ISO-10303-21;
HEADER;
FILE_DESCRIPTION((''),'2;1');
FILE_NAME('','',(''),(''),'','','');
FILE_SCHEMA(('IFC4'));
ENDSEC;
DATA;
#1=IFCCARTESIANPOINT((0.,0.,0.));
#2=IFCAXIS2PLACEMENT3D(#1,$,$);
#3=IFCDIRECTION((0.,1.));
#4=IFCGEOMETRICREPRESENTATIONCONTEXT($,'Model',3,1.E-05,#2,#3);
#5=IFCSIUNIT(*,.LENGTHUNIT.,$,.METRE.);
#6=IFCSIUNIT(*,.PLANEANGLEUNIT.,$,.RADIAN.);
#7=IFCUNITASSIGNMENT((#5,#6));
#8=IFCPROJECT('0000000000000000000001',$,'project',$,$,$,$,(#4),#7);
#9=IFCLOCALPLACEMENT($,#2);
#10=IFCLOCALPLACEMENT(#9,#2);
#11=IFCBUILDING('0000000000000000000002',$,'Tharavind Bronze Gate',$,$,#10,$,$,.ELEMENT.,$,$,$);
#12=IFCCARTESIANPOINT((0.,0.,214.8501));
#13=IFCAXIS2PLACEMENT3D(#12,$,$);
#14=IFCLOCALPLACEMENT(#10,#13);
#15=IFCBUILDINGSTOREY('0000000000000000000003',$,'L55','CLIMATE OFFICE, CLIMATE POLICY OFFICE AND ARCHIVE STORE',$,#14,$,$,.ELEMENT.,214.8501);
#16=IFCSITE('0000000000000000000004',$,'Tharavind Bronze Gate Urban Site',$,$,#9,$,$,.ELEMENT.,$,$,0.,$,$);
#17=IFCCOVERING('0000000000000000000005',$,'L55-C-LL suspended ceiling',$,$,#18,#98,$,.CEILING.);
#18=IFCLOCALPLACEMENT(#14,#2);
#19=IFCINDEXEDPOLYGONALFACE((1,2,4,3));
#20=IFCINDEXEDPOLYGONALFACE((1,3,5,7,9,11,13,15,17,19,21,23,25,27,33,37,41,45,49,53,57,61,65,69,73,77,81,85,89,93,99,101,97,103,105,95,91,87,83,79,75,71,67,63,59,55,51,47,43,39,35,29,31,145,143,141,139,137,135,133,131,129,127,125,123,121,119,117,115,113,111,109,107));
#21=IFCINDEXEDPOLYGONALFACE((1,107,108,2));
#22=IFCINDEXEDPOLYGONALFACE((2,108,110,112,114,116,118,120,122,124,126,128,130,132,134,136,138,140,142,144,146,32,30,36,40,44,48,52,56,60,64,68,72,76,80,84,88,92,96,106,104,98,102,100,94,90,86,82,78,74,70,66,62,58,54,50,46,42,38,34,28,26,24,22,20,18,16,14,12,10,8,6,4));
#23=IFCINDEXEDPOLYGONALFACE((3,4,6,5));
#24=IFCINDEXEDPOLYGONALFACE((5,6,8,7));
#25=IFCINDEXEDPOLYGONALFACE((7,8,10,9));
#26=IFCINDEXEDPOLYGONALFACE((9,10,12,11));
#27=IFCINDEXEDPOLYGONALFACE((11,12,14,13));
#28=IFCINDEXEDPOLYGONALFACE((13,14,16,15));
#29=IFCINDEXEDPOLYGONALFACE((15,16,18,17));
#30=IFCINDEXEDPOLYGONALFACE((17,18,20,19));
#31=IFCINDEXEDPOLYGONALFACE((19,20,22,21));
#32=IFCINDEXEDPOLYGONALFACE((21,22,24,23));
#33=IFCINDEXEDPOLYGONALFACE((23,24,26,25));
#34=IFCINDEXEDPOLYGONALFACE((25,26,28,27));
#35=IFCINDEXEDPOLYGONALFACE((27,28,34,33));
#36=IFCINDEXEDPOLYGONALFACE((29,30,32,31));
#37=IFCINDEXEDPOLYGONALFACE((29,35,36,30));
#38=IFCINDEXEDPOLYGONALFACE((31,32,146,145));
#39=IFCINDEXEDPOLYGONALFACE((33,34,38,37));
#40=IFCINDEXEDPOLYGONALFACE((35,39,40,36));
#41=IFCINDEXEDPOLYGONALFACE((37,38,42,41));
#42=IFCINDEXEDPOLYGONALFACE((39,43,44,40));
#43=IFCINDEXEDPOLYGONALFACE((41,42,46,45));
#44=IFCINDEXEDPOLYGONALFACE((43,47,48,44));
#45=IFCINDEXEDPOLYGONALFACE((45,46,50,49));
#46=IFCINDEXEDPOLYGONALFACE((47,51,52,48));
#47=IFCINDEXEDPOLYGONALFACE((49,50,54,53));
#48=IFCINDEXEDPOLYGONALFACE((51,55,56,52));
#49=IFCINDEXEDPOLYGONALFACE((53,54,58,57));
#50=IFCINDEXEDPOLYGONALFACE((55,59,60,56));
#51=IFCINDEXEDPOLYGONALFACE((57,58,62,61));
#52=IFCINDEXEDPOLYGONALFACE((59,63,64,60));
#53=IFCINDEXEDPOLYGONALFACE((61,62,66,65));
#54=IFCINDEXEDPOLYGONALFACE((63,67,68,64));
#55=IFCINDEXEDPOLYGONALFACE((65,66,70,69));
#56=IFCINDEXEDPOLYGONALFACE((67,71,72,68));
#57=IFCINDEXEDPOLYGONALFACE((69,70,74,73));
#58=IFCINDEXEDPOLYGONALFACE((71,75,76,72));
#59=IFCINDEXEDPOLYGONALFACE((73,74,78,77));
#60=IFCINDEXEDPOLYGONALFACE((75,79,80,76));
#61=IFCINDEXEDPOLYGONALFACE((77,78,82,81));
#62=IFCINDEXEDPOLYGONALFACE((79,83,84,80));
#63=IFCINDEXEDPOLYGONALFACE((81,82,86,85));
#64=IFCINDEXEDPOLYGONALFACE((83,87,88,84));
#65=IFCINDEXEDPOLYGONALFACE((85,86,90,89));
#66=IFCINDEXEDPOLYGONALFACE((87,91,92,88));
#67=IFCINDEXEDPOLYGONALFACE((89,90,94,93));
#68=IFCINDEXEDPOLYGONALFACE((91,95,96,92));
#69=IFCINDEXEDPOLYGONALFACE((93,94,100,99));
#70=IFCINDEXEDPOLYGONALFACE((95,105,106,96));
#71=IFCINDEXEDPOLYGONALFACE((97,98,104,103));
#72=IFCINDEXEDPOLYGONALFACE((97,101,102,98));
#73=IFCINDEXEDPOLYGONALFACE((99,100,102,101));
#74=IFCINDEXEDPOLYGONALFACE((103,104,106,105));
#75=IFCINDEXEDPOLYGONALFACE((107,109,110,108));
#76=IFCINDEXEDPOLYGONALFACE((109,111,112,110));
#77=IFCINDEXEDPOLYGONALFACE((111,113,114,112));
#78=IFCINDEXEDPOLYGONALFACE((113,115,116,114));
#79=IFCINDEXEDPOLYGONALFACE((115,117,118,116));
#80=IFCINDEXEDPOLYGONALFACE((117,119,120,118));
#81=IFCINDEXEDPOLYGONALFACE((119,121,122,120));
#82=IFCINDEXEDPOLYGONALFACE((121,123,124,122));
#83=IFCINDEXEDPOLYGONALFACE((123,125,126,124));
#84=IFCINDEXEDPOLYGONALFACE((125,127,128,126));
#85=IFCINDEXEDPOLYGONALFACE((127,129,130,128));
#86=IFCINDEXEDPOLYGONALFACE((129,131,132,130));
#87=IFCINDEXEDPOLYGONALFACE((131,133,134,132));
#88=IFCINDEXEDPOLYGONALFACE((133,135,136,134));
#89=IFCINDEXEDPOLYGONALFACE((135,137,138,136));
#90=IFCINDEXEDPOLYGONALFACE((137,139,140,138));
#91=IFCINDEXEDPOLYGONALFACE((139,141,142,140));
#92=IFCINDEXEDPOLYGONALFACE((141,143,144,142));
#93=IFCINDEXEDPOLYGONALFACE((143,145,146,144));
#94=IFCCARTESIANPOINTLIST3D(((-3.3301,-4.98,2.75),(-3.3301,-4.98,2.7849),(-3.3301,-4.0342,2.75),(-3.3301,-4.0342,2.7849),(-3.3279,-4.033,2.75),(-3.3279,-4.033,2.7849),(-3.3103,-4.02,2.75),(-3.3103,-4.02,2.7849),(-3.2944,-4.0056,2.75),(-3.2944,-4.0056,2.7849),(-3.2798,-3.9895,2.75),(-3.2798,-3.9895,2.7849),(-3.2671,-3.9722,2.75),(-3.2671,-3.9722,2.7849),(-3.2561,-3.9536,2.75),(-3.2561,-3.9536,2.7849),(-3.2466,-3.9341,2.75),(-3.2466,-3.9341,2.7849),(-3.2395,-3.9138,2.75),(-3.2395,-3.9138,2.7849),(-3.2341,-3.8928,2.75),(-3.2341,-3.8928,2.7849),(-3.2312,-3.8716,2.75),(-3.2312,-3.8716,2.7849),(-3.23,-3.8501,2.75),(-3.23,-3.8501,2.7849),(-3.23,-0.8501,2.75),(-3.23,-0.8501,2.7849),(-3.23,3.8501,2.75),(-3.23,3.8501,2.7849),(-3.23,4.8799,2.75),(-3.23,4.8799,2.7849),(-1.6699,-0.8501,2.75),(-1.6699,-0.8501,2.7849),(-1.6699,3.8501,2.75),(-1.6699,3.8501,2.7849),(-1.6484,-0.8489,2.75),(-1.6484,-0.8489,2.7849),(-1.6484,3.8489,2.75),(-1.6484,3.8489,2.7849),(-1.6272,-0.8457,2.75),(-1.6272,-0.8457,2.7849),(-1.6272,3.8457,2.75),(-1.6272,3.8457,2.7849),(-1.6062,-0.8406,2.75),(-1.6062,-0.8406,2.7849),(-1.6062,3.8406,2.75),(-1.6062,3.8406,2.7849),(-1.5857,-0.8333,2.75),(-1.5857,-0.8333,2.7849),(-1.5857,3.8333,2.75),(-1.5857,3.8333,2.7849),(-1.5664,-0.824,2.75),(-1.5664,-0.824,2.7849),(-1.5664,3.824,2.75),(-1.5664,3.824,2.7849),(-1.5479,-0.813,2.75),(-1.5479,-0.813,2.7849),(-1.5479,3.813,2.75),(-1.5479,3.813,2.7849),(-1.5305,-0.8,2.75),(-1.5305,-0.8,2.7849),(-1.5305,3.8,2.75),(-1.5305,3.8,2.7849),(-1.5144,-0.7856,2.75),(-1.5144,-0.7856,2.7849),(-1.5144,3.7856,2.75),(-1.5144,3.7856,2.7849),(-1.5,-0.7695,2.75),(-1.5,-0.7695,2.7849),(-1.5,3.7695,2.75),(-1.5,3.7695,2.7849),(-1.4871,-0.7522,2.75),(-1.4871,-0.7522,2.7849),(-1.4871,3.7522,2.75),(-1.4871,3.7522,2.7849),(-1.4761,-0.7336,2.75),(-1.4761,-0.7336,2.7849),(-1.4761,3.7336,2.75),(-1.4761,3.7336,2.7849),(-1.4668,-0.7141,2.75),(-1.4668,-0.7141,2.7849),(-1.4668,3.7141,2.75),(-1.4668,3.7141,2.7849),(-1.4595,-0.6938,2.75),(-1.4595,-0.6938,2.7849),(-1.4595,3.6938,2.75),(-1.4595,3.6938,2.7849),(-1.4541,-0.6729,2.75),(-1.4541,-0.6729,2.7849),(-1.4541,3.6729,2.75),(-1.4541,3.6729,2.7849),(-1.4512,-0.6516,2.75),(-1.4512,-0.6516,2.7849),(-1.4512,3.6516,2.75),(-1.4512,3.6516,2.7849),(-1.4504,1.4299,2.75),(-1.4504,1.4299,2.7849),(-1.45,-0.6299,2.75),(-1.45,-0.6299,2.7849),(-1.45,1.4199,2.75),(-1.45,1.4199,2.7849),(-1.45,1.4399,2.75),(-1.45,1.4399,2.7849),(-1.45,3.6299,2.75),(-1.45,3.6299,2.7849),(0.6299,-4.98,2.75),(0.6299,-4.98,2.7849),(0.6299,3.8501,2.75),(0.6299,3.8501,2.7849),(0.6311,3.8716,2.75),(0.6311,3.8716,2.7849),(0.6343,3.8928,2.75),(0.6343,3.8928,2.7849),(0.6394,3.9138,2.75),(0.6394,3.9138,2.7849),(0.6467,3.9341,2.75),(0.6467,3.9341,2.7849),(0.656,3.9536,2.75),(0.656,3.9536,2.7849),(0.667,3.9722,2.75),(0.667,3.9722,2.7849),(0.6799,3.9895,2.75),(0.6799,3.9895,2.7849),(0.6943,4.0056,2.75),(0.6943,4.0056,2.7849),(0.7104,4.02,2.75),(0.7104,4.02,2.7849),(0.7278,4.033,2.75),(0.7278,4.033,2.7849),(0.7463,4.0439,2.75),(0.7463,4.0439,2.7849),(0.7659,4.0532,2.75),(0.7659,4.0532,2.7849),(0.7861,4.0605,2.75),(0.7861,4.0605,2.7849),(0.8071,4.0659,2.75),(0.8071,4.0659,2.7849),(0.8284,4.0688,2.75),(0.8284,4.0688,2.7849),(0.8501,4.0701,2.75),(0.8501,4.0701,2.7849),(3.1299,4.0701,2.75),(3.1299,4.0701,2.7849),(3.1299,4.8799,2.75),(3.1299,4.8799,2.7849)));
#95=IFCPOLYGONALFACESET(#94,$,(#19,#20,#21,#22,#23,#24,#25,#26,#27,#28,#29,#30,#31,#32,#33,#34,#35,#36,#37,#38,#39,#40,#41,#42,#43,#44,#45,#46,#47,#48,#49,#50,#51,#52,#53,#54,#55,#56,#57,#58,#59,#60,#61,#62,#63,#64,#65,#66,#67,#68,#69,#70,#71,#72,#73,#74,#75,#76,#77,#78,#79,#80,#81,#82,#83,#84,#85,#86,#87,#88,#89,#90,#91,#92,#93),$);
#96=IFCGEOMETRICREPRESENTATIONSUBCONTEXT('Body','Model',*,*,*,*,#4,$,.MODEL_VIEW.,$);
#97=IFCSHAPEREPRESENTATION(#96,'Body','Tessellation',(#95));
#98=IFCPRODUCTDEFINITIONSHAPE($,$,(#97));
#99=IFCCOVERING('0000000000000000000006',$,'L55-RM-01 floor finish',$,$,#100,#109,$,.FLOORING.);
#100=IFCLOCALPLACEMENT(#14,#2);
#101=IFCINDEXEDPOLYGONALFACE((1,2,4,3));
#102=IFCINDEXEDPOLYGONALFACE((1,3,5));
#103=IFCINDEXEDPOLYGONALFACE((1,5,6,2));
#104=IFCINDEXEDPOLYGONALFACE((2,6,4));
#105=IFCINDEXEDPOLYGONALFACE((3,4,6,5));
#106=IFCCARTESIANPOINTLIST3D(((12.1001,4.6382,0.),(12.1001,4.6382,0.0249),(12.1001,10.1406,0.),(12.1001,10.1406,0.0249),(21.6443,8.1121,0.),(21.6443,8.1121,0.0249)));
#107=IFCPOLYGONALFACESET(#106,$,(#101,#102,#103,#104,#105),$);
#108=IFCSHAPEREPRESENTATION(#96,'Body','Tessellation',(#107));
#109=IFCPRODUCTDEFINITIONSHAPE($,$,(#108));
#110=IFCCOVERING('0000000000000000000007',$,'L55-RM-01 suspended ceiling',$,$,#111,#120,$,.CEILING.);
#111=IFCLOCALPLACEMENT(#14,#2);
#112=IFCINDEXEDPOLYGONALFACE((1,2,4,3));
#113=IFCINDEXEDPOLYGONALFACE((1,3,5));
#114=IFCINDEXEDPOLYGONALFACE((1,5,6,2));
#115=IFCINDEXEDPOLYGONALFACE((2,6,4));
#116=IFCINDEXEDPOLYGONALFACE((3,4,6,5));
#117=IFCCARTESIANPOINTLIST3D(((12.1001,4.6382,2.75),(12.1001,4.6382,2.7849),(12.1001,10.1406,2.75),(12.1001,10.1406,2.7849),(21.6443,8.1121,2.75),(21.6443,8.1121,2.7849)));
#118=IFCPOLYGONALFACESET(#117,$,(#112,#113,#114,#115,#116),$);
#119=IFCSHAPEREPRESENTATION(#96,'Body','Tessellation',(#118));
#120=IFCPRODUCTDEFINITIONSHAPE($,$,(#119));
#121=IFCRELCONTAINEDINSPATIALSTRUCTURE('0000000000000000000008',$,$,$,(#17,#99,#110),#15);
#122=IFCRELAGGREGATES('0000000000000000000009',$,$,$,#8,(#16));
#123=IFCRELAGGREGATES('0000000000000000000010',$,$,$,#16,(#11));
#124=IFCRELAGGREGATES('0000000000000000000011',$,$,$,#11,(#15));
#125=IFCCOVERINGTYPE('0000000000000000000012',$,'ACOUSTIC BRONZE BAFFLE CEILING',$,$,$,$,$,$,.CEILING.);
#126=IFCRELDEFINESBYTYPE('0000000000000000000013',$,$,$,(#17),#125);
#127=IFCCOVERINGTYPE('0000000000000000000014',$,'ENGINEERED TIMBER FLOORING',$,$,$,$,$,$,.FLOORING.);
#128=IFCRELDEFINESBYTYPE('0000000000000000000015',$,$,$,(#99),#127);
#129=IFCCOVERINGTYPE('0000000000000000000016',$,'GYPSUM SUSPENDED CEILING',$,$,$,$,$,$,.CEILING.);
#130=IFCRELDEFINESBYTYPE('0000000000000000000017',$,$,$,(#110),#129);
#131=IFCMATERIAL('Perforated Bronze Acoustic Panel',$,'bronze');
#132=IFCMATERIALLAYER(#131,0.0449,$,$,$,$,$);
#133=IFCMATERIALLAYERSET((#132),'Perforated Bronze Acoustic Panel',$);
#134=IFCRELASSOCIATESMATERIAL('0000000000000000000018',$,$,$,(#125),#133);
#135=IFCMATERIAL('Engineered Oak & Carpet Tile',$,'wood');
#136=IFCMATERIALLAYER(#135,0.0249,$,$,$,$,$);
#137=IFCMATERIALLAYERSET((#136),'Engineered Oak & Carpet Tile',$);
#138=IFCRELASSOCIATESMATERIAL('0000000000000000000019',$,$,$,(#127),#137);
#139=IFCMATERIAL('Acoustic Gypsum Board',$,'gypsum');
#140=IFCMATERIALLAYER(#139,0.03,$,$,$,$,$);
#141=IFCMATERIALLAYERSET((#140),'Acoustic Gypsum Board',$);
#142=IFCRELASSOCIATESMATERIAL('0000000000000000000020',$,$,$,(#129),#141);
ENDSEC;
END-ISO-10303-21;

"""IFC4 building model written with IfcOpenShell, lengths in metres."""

from ifc_helpers import new_model, si_unit, direction, frame, origin, place, context, subcontext, project, spatial, polyline, outline, extrude, material, layer, layer_set, type_object, element, save


model = new_model("IFC4")

# Units and contexts
model_context = context("Model", 3, precision=1e-05, world=origin(), true_north=direction((0.0, 1.0)))
body_context = subcontext(model_context, "Body", "Model", "MODEL_VIEW")
ifc_project = project(units=[si_unit("LENGTHUNIT", "METRE"), si_unit("PLANEANGLEUNIT", "RADIAN")], contexts=[model_context])

# Site, building, storey
site_placement = place(None, origin())
site = spatial("IfcSite", under=ifc_project, at=site_placement, Name="Tharavind Bronze Gate Urban Site", CompositionType="ELEMENT", RefElevation=0.0)
building_placement = place(site_placement, origin())
building = spatial("IfcBuilding", under=site, at=building_placement, Name="Tharavind Bronze Gate", CompositionType="ELEMENT")
storey_placement = place(building_placement, frame((0.0, 0.0, 214.8501)))
storey = spatial("IfcBuildingStorey", under=building, at=storey_placement, Name="L55", Description="CLIMATE OFFICE, CLIMATE POLICY OFFICE AND ARCHIVE STORE", CompositionType="ELEMENT", Elevation=214.8501)

# Coverings
ifc_material_1 = material(Name="Perforated Bronze Acoustic Panel", Category="bronze")
ifc_layer_1 = layer(ifc_material_1, 0.0449)
ifc_layer_set_1 = layer_set([ifc_layer_1], Name="Perforated Bronze Acoustic Panel")
covering_type_1 = type_object("IfcCoveringType", Name="ACOUSTIC BRONZE BAFFLE CEILING", PredefinedType="CEILING", material=ifc_layer_set_1)
covering_1_placement = place(storey_placement, frame((0.0, 0.0, 2.75)))
element("IfcCovering", 1, at=covering_1_placement, inside=storey, type_object=covering_type_1, Name="L55-C-LL suspended ceiling", PredefinedType="CEILING", context=body_context, shape_type="SweptSolid", body=[
    extrude(outline(polyline([(-3.3301, -4.98), (0.6299, -4.98), (0.6299, 3.8501), (0.6311, 3.8716), (0.6343, 3.8928), (0.6394, 3.9138), (0.6467, 3.9341), (0.656, 3.9536), (0.667, 3.9722), (0.6799, 3.9895), (0.6943, 4.0056), (0.7104, 4.02), (0.7278, 4.033), (0.7463, 4.0439), (0.7659, 4.0532), (0.7861, 4.0605), (0.8071, 4.0659), (0.8284, 4.0688), (0.8501, 4.0701), (3.1299, 4.0701), (3.1299, 4.8799), (-3.23, 4.8799), (-3.23, 3.8501), (-1.6699, 3.8501), (-1.6484, 3.8489), (-1.6272, 3.8457), (-1.6062, 3.8406), (-1.5857, 3.8333), (-1.5664, 3.824), (-1.5479, 3.813), (-1.5305, 3.8), (-1.5144, 3.7856), (-1.5, 3.7695), (-1.4871, 3.7522), (-1.4761, 3.7336), (-1.4668, 3.7141), (-1.4595, 3.6938), (-1.4541, 3.6729), (-1.4512, 3.6516), (-1.45, 3.6299), (-1.45, 1.4399), (-1.4504, 1.4299), (-1.45, 1.4199), (-1.45, -0.6299), (-1.4512, -0.6516), (-1.4541, -0.6729), (-1.4595, -0.6938), (-1.4668, -0.7141), (-1.4761, -0.7336), (-1.4871, -0.7522), (-1.5, -0.7695), (-1.5144, -0.7856), (-1.5305, -0.8), (-1.5479, -0.813), (-1.5664, -0.824), (-1.5857, -0.8333), (-1.6062, -0.8406), (-1.6272, -0.8457), (-1.6484, -0.8489), (-1.6699, -0.8501), (-3.23, -0.8501), (-3.23, -3.8501), (-3.2312, -3.8716), (-3.2341, -3.8928), (-3.2395, -3.9138), (-3.2466, -3.9341), (-3.2561, -3.9536), (-3.2671, -3.9722), (-3.2798, -3.9895), (-3.2944, -4.0056), (-3.3103, -4.02), (-3.3279, -4.033), (-3.3301, -4.0342), (-3.3301, -4.98)])), origin(), (0.0, 0.0, 1.0), 0.0349),
])
ifc_material_2 = material(Name="Engineered Oak & Carpet Tile", Category="wood")
ifc_layer_2 = layer(ifc_material_2, 0.0249)
ifc_layer_set_2 = layer_set([ifc_layer_2], Name="Engineered Oak & Carpet Tile")
covering_type_2 = type_object("IfcCoveringType", Name="ENGINEERED TIMBER FLOORING", PredefinedType="FLOORING", material=ifc_layer_set_2)
covering_2_placement = place(storey_placement, origin())
element("IfcCovering", 2, at=covering_2_placement, inside=storey, type_object=covering_type_2, Name="L55-RM-01 floor finish", PredefinedType="FLOORING", context=body_context, shape_type="SweptSolid", body=[
    extrude(outline(polyline([(21.6443, 8.1121), (12.1001, 10.1406), (12.1001, 4.6382), (21.6443, 8.1121)])), origin(), (0.0, 0.0, 1.0), 0.0249),
])
ifc_material_3 = material(Name="Acoustic Gypsum Board", Category="gypsum")
ifc_layer_3 = layer(ifc_material_3, 0.03)
ifc_layer_set_3 = layer_set([ifc_layer_3], Name="Acoustic Gypsum Board")
covering_type_3 = type_object("IfcCoveringType", Name="GYPSUM SUSPENDED CEILING", PredefinedType="CEILING", material=ifc_layer_set_3)
covering_3_placement = place(storey_placement, frame((0.0, 0.0, 2.75)))
element("IfcCovering", 3, at=covering_3_placement, inside=storey, type_object=covering_type_3, Name="L55-RM-01 suspended ceiling", PredefinedType="CEILING", context=body_context, shape_type="SweptSolid", body=[
    extrude(outline(polyline([(21.6443, 8.1121), (12.1001, 10.1406), (12.1001, 4.6382), (21.6443, 8.1121)])), origin(), (0.0, 0.0, 1.0), 0.0349),
])

save(model, "model.ifc")
